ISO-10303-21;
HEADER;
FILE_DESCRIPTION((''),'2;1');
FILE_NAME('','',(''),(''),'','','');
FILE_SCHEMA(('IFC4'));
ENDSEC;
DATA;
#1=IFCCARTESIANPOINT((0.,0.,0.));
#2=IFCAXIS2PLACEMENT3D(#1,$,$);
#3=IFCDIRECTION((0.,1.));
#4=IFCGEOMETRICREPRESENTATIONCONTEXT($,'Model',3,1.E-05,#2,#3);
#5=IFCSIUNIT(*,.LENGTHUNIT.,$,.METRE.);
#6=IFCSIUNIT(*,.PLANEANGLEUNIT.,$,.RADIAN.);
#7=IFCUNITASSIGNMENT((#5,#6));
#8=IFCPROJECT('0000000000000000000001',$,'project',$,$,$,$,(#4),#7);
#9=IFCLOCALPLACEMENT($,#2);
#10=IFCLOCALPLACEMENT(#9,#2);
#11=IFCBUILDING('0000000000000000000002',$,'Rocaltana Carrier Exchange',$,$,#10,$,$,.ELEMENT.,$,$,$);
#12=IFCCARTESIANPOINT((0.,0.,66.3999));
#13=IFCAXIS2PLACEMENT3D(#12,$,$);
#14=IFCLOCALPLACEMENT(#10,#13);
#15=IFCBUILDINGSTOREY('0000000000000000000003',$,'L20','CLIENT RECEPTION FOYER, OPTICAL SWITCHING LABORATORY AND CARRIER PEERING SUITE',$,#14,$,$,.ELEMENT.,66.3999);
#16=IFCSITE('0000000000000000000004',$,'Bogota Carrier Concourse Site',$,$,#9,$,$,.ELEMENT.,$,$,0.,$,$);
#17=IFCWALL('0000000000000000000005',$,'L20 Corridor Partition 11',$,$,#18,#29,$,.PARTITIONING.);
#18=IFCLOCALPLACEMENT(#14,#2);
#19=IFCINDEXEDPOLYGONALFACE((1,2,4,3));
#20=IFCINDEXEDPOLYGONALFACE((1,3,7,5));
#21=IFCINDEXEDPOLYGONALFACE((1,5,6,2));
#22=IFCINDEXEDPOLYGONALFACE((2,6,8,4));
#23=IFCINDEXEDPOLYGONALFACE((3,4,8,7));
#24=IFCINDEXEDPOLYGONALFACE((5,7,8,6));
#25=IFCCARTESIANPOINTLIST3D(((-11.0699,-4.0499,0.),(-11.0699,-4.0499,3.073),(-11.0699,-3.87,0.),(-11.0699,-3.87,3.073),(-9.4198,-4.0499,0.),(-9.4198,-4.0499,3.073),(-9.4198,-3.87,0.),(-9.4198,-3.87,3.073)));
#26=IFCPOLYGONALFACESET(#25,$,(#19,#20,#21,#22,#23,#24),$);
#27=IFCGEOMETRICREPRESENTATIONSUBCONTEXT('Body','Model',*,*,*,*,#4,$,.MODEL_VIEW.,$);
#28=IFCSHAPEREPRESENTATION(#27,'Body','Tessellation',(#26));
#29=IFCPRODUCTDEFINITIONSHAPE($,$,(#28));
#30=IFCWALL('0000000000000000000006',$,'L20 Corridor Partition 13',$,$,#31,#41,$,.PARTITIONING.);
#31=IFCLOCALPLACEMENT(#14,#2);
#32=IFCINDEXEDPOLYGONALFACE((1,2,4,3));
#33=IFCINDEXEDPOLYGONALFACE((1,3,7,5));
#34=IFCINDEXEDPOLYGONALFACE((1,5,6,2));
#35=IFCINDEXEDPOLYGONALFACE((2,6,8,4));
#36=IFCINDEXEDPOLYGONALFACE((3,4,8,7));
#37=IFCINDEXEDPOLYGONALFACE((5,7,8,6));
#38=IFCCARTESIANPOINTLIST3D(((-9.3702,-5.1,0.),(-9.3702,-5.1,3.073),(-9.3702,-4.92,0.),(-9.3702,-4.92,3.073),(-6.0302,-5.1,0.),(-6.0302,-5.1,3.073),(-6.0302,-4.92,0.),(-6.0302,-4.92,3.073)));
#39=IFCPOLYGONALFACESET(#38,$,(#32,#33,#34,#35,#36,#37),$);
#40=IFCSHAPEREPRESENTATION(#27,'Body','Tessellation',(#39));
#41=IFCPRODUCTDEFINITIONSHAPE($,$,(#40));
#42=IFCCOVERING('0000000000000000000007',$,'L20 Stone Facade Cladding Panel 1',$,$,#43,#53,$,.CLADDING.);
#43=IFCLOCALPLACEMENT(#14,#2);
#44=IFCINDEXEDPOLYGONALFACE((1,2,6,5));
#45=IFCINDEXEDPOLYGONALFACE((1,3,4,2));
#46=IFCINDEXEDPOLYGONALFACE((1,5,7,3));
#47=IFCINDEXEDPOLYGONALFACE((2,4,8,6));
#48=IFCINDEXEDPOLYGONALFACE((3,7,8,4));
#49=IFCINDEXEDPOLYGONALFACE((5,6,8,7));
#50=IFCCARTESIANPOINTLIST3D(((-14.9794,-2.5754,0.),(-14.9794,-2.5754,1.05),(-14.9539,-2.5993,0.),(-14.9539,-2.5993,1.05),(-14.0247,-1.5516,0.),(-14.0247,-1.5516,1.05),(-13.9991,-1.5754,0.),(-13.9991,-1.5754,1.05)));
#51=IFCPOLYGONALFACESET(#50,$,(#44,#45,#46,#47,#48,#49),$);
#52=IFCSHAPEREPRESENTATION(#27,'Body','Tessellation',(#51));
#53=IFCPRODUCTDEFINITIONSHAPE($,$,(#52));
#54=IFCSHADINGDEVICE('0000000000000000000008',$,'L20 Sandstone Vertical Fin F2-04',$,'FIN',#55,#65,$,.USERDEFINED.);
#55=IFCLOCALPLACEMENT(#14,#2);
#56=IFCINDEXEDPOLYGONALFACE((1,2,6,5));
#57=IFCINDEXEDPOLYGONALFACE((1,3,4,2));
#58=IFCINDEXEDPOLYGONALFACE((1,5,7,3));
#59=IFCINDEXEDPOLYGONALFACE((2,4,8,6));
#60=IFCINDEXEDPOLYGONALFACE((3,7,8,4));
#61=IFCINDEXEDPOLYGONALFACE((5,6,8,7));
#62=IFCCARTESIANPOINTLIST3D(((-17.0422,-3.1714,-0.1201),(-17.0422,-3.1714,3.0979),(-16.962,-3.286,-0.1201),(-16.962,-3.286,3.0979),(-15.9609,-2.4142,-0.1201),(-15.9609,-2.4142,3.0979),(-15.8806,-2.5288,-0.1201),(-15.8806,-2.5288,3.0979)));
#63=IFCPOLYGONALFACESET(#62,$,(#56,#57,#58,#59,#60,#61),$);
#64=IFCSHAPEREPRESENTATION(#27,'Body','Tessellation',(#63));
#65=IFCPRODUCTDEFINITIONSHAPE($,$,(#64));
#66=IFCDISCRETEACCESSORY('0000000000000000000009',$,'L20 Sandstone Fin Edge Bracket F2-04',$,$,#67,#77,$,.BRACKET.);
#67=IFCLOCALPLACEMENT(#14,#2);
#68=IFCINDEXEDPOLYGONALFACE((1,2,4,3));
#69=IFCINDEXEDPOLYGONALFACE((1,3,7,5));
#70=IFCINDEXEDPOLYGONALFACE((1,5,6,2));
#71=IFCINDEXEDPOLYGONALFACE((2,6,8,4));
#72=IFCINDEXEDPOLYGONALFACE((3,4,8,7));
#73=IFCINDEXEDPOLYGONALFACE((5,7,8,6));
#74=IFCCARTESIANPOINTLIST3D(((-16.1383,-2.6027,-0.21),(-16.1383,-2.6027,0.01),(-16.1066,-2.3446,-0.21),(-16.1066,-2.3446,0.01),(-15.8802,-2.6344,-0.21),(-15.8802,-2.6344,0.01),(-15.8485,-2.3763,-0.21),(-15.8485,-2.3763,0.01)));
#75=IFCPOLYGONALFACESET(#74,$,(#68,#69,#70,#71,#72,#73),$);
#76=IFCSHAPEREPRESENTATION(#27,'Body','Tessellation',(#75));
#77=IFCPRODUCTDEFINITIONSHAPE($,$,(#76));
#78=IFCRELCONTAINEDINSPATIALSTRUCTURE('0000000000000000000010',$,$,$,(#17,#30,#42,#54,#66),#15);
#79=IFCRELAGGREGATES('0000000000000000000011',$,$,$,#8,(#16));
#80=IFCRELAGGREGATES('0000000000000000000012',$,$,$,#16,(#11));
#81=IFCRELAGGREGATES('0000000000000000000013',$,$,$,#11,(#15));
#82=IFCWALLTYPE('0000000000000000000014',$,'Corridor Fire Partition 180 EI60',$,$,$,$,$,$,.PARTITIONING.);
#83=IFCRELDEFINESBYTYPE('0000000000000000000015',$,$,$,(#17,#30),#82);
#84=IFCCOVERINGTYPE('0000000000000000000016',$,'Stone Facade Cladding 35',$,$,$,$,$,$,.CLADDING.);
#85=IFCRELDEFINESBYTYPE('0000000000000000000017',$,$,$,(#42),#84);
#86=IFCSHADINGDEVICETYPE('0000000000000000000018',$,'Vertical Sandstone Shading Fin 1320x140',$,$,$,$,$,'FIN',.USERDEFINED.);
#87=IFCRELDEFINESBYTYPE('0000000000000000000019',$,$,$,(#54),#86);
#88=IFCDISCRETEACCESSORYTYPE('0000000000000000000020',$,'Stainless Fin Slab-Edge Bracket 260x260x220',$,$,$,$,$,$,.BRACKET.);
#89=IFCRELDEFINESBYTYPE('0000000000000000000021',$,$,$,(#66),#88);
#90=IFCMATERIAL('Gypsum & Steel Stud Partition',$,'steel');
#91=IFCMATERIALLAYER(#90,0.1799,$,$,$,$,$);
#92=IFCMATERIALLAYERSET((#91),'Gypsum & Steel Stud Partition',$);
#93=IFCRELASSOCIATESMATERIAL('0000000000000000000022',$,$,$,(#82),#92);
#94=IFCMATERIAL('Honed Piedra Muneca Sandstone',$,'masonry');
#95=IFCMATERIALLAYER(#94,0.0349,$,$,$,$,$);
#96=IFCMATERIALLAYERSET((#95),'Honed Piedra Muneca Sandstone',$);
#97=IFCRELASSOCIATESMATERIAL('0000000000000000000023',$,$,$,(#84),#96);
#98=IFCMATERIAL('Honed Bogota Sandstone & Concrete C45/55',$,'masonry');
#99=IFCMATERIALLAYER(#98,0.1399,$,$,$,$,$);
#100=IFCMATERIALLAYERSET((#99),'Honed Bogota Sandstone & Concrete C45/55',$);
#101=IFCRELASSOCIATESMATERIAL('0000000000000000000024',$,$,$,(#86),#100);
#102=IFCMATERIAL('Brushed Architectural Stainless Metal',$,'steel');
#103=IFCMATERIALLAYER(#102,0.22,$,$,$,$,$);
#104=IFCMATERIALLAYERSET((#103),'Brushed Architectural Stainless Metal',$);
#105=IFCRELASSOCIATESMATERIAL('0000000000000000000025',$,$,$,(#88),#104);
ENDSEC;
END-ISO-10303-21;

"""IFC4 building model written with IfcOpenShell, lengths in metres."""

from ifc_helpers import new_model, si_unit, direction, frame, frame_2d, origin, origin_2d, place, context, subcontext, project, spatial, rectangle, extrude, material, layer, layer_set, type_object, element, save


model = new_model("IFC4")

# Units and contexts
model_context = context("Model", 3, precision=1e-05, world=origin(), true_north=direction((0.0, 1.0)))
body_context = subcontext(model_context, "Body", "Model", "MODEL_VIEW")
ifc_project = project(units=[si_unit("LENGTHUNIT", "METRE"), si_unit("PLANEANGLEUNIT", "RADIAN")], contexts=[model_context])

# Site, building, storey
site_placement = place(None, origin())
site = spatial("IfcSite", under=ifc_project, at=site_placement, Name="Bogota Carrier Concourse Site", CompositionType="ELEMENT", RefElevation=0.0)
building_placement = place(site_placement, origin())
building = spatial("IfcBuilding", under=site, at=building_placement, Name="Rocaltana Carrier Exchange", CompositionType="ELEMENT")
storey_placement = place(building_placement, frame((0.0, 0.0, 66.3999)))
storey = spatial("IfcBuildingStorey", under=building, at=storey_placement, Name="L20", Description="CLIENT RECEPTION FOYER, OPTICAL SWITCHING LABORATORY AND CARRIER PEERING SUITE", CompositionType="ELEMENT", Elevation=66.3999)

# Shared definitions
ifc_material_1 = material(Name="Gypsum & Steel Stud Partition", Category="steel")
ifc_layer_1 = layer(ifc_material_1, 0.1799)
ifc_layer_set_1 = layer_set([ifc_layer_1], Name="Gypsum & Steel Stud Partition")
wall_type_1 = type_object("IfcWallType", Name="Corridor Fire Partition 180 EI60", PredefinedType="PARTITIONING", material=ifc_layer_set_1)

# Walls
wall_1_placement = place(storey_placement, frame((-11.0701, -3.96, 0.0), z_axis=(0.0, 0.0, 1.0), x_axis=(1.0, 0.0, 0.0)))
element("IfcWall", 1, at=wall_1_placement, inside=storey, type_object=wall_type_1, Name="L20 Corridor Partition 11", PredefinedType="PARTITIONING", context=body_context, shape_type="SweptSolid", body=[
    extrude(rectangle(XDim=1.6501, YDim=0.1799, at=frame_2d((0.8252, 0.0))), origin(), (0.0, 0.0, 1.0), 3.073),
])
wall_2_placement = place(storey_placement, frame((-9.3701, -5.01, 0.0), z_axis=(0.0, 0.0, 1.0), x_axis=(1.0, 0.0, 0.0)))
element("IfcWall", 2, at=wall_2_placement, inside=storey, type_object=wall_type_1, Name="L20 Corridor Partition 13", PredefinedType="PARTITIONING", context=body_context, shape_type="SweptSolid", body=[
    extrude(rectangle(XDim=3.3401, YDim=0.1799, at=frame_2d((1.6699, 0.0))), origin(), (0.0, 0.0, 1.0), 3.073),
])

# Covering
ifc_material_2 = material(Name="Honed Piedra Muneca Sandstone", Category="masonry")
ifc_layer_2 = layer(ifc_material_2, 0.0349)
ifc_layer_set_2 = layer_set([ifc_layer_2], Name="Honed Piedra Muneca Sandstone")
covering_type = type_object("IfcCoveringType", Name="Stone Facade Cladding 35", PredefinedType="CLADDING", material=ifc_layer_set_2)
covering_placement = place(storey_placement, frame((-14.4893, -2.0754, 0.0), z_axis=(0.0, 0.0, 1.0), x_axis=(0.681998, 0.731354, 0.0)))
element("IfcCovering", 3, at=covering_placement, inside=storey, type_object=covering_type, Name="L20 Stone Facade Cladding Panel 1", PredefinedType="CLADDING", context=body_context, shape_type="SweptSolid", body=[
    extrude(rectangle(XDim=1.3999, YDim=0.0349, at=origin_2d()), origin(), (0.0, 0.0, 1.0), 1.05),
])

# Shading device
ifc_material_3 = material(Name="Honed Bogota Sandstone & Concrete C45/55", Category="masonry")
ifc_layer_3 = layer(ifc_material_3, 0.1399)
ifc_layer_set_3 = layer_set([ifc_layer_3], Name="Honed Bogota Sandstone & Concrete C45/55")
shading_device_type = type_object("IfcShadingDeviceType", Name="Vertical Sandstone Shading Fin 1320x140", ElementType="FIN", PredefinedType="USERDEFINED", material=ifc_layer_set_3)
shading_device_placement = place(storey_placement, frame((-16.4614, -2.8501, -0.1201), z_axis=(0.0, 0.0, 1.0), x_axis=(-0.819152, -0.573576, 0.0)))
element("IfcShadingDevice", 4, at=shading_device_placement, inside=storey, type_object=shading_device_type, Name="L20 Sandstone Vertical Fin F2-04", ObjectType="FIN", PredefinedType="USERDEFINED", context=body_context, shape_type="SweptSolid", body=[
    extrude(rectangle(XDim=1.3201, YDim=0.1399, at=origin_2d()), origin(), (0.0, 0.0, 1.0), 3.218),
])

# Discrete accessory
ifc_material_4 = material(Name="Brushed Architectural Stainless Metal", Category="steel")
ifc_layer_4 = layer(ifc_material_4, 0.22)
ifc_layer_set_4 = layer_set([ifc_layer_4], Name="Brushed Architectural Stainless Metal")
discrete_accessory_type = type_object("IfcDiscreteAccessoryType", Name="Stainless Fin Slab-Edge Bracket 260x260x220", PredefinedType="BRACKET", material=ifc_layer_set_4)
discrete_accessory_placement = place(storey_placement, frame((-15.9934, -2.4895, -0.21), z_axis=(0.0, 0.0, 1.0), x_axis=(-0.121869, -0.992546, 0.0)))
element("IfcDiscreteAccessory", 5, at=discrete_accessory_placement, inside=storey, type_object=discrete_accessory_type, Name="L20 Sandstone Fin Edge Bracket F2-04", PredefinedType="BRACKET", context=body_context, shape_type="SweptSolid", body=[
    extrude(rectangle(XDim=0.26, YDim=0.26, at=origin_2d()), origin(), (0.0, 0.0, 1.0), 0.22),
])

save(model, "model.ifc")
